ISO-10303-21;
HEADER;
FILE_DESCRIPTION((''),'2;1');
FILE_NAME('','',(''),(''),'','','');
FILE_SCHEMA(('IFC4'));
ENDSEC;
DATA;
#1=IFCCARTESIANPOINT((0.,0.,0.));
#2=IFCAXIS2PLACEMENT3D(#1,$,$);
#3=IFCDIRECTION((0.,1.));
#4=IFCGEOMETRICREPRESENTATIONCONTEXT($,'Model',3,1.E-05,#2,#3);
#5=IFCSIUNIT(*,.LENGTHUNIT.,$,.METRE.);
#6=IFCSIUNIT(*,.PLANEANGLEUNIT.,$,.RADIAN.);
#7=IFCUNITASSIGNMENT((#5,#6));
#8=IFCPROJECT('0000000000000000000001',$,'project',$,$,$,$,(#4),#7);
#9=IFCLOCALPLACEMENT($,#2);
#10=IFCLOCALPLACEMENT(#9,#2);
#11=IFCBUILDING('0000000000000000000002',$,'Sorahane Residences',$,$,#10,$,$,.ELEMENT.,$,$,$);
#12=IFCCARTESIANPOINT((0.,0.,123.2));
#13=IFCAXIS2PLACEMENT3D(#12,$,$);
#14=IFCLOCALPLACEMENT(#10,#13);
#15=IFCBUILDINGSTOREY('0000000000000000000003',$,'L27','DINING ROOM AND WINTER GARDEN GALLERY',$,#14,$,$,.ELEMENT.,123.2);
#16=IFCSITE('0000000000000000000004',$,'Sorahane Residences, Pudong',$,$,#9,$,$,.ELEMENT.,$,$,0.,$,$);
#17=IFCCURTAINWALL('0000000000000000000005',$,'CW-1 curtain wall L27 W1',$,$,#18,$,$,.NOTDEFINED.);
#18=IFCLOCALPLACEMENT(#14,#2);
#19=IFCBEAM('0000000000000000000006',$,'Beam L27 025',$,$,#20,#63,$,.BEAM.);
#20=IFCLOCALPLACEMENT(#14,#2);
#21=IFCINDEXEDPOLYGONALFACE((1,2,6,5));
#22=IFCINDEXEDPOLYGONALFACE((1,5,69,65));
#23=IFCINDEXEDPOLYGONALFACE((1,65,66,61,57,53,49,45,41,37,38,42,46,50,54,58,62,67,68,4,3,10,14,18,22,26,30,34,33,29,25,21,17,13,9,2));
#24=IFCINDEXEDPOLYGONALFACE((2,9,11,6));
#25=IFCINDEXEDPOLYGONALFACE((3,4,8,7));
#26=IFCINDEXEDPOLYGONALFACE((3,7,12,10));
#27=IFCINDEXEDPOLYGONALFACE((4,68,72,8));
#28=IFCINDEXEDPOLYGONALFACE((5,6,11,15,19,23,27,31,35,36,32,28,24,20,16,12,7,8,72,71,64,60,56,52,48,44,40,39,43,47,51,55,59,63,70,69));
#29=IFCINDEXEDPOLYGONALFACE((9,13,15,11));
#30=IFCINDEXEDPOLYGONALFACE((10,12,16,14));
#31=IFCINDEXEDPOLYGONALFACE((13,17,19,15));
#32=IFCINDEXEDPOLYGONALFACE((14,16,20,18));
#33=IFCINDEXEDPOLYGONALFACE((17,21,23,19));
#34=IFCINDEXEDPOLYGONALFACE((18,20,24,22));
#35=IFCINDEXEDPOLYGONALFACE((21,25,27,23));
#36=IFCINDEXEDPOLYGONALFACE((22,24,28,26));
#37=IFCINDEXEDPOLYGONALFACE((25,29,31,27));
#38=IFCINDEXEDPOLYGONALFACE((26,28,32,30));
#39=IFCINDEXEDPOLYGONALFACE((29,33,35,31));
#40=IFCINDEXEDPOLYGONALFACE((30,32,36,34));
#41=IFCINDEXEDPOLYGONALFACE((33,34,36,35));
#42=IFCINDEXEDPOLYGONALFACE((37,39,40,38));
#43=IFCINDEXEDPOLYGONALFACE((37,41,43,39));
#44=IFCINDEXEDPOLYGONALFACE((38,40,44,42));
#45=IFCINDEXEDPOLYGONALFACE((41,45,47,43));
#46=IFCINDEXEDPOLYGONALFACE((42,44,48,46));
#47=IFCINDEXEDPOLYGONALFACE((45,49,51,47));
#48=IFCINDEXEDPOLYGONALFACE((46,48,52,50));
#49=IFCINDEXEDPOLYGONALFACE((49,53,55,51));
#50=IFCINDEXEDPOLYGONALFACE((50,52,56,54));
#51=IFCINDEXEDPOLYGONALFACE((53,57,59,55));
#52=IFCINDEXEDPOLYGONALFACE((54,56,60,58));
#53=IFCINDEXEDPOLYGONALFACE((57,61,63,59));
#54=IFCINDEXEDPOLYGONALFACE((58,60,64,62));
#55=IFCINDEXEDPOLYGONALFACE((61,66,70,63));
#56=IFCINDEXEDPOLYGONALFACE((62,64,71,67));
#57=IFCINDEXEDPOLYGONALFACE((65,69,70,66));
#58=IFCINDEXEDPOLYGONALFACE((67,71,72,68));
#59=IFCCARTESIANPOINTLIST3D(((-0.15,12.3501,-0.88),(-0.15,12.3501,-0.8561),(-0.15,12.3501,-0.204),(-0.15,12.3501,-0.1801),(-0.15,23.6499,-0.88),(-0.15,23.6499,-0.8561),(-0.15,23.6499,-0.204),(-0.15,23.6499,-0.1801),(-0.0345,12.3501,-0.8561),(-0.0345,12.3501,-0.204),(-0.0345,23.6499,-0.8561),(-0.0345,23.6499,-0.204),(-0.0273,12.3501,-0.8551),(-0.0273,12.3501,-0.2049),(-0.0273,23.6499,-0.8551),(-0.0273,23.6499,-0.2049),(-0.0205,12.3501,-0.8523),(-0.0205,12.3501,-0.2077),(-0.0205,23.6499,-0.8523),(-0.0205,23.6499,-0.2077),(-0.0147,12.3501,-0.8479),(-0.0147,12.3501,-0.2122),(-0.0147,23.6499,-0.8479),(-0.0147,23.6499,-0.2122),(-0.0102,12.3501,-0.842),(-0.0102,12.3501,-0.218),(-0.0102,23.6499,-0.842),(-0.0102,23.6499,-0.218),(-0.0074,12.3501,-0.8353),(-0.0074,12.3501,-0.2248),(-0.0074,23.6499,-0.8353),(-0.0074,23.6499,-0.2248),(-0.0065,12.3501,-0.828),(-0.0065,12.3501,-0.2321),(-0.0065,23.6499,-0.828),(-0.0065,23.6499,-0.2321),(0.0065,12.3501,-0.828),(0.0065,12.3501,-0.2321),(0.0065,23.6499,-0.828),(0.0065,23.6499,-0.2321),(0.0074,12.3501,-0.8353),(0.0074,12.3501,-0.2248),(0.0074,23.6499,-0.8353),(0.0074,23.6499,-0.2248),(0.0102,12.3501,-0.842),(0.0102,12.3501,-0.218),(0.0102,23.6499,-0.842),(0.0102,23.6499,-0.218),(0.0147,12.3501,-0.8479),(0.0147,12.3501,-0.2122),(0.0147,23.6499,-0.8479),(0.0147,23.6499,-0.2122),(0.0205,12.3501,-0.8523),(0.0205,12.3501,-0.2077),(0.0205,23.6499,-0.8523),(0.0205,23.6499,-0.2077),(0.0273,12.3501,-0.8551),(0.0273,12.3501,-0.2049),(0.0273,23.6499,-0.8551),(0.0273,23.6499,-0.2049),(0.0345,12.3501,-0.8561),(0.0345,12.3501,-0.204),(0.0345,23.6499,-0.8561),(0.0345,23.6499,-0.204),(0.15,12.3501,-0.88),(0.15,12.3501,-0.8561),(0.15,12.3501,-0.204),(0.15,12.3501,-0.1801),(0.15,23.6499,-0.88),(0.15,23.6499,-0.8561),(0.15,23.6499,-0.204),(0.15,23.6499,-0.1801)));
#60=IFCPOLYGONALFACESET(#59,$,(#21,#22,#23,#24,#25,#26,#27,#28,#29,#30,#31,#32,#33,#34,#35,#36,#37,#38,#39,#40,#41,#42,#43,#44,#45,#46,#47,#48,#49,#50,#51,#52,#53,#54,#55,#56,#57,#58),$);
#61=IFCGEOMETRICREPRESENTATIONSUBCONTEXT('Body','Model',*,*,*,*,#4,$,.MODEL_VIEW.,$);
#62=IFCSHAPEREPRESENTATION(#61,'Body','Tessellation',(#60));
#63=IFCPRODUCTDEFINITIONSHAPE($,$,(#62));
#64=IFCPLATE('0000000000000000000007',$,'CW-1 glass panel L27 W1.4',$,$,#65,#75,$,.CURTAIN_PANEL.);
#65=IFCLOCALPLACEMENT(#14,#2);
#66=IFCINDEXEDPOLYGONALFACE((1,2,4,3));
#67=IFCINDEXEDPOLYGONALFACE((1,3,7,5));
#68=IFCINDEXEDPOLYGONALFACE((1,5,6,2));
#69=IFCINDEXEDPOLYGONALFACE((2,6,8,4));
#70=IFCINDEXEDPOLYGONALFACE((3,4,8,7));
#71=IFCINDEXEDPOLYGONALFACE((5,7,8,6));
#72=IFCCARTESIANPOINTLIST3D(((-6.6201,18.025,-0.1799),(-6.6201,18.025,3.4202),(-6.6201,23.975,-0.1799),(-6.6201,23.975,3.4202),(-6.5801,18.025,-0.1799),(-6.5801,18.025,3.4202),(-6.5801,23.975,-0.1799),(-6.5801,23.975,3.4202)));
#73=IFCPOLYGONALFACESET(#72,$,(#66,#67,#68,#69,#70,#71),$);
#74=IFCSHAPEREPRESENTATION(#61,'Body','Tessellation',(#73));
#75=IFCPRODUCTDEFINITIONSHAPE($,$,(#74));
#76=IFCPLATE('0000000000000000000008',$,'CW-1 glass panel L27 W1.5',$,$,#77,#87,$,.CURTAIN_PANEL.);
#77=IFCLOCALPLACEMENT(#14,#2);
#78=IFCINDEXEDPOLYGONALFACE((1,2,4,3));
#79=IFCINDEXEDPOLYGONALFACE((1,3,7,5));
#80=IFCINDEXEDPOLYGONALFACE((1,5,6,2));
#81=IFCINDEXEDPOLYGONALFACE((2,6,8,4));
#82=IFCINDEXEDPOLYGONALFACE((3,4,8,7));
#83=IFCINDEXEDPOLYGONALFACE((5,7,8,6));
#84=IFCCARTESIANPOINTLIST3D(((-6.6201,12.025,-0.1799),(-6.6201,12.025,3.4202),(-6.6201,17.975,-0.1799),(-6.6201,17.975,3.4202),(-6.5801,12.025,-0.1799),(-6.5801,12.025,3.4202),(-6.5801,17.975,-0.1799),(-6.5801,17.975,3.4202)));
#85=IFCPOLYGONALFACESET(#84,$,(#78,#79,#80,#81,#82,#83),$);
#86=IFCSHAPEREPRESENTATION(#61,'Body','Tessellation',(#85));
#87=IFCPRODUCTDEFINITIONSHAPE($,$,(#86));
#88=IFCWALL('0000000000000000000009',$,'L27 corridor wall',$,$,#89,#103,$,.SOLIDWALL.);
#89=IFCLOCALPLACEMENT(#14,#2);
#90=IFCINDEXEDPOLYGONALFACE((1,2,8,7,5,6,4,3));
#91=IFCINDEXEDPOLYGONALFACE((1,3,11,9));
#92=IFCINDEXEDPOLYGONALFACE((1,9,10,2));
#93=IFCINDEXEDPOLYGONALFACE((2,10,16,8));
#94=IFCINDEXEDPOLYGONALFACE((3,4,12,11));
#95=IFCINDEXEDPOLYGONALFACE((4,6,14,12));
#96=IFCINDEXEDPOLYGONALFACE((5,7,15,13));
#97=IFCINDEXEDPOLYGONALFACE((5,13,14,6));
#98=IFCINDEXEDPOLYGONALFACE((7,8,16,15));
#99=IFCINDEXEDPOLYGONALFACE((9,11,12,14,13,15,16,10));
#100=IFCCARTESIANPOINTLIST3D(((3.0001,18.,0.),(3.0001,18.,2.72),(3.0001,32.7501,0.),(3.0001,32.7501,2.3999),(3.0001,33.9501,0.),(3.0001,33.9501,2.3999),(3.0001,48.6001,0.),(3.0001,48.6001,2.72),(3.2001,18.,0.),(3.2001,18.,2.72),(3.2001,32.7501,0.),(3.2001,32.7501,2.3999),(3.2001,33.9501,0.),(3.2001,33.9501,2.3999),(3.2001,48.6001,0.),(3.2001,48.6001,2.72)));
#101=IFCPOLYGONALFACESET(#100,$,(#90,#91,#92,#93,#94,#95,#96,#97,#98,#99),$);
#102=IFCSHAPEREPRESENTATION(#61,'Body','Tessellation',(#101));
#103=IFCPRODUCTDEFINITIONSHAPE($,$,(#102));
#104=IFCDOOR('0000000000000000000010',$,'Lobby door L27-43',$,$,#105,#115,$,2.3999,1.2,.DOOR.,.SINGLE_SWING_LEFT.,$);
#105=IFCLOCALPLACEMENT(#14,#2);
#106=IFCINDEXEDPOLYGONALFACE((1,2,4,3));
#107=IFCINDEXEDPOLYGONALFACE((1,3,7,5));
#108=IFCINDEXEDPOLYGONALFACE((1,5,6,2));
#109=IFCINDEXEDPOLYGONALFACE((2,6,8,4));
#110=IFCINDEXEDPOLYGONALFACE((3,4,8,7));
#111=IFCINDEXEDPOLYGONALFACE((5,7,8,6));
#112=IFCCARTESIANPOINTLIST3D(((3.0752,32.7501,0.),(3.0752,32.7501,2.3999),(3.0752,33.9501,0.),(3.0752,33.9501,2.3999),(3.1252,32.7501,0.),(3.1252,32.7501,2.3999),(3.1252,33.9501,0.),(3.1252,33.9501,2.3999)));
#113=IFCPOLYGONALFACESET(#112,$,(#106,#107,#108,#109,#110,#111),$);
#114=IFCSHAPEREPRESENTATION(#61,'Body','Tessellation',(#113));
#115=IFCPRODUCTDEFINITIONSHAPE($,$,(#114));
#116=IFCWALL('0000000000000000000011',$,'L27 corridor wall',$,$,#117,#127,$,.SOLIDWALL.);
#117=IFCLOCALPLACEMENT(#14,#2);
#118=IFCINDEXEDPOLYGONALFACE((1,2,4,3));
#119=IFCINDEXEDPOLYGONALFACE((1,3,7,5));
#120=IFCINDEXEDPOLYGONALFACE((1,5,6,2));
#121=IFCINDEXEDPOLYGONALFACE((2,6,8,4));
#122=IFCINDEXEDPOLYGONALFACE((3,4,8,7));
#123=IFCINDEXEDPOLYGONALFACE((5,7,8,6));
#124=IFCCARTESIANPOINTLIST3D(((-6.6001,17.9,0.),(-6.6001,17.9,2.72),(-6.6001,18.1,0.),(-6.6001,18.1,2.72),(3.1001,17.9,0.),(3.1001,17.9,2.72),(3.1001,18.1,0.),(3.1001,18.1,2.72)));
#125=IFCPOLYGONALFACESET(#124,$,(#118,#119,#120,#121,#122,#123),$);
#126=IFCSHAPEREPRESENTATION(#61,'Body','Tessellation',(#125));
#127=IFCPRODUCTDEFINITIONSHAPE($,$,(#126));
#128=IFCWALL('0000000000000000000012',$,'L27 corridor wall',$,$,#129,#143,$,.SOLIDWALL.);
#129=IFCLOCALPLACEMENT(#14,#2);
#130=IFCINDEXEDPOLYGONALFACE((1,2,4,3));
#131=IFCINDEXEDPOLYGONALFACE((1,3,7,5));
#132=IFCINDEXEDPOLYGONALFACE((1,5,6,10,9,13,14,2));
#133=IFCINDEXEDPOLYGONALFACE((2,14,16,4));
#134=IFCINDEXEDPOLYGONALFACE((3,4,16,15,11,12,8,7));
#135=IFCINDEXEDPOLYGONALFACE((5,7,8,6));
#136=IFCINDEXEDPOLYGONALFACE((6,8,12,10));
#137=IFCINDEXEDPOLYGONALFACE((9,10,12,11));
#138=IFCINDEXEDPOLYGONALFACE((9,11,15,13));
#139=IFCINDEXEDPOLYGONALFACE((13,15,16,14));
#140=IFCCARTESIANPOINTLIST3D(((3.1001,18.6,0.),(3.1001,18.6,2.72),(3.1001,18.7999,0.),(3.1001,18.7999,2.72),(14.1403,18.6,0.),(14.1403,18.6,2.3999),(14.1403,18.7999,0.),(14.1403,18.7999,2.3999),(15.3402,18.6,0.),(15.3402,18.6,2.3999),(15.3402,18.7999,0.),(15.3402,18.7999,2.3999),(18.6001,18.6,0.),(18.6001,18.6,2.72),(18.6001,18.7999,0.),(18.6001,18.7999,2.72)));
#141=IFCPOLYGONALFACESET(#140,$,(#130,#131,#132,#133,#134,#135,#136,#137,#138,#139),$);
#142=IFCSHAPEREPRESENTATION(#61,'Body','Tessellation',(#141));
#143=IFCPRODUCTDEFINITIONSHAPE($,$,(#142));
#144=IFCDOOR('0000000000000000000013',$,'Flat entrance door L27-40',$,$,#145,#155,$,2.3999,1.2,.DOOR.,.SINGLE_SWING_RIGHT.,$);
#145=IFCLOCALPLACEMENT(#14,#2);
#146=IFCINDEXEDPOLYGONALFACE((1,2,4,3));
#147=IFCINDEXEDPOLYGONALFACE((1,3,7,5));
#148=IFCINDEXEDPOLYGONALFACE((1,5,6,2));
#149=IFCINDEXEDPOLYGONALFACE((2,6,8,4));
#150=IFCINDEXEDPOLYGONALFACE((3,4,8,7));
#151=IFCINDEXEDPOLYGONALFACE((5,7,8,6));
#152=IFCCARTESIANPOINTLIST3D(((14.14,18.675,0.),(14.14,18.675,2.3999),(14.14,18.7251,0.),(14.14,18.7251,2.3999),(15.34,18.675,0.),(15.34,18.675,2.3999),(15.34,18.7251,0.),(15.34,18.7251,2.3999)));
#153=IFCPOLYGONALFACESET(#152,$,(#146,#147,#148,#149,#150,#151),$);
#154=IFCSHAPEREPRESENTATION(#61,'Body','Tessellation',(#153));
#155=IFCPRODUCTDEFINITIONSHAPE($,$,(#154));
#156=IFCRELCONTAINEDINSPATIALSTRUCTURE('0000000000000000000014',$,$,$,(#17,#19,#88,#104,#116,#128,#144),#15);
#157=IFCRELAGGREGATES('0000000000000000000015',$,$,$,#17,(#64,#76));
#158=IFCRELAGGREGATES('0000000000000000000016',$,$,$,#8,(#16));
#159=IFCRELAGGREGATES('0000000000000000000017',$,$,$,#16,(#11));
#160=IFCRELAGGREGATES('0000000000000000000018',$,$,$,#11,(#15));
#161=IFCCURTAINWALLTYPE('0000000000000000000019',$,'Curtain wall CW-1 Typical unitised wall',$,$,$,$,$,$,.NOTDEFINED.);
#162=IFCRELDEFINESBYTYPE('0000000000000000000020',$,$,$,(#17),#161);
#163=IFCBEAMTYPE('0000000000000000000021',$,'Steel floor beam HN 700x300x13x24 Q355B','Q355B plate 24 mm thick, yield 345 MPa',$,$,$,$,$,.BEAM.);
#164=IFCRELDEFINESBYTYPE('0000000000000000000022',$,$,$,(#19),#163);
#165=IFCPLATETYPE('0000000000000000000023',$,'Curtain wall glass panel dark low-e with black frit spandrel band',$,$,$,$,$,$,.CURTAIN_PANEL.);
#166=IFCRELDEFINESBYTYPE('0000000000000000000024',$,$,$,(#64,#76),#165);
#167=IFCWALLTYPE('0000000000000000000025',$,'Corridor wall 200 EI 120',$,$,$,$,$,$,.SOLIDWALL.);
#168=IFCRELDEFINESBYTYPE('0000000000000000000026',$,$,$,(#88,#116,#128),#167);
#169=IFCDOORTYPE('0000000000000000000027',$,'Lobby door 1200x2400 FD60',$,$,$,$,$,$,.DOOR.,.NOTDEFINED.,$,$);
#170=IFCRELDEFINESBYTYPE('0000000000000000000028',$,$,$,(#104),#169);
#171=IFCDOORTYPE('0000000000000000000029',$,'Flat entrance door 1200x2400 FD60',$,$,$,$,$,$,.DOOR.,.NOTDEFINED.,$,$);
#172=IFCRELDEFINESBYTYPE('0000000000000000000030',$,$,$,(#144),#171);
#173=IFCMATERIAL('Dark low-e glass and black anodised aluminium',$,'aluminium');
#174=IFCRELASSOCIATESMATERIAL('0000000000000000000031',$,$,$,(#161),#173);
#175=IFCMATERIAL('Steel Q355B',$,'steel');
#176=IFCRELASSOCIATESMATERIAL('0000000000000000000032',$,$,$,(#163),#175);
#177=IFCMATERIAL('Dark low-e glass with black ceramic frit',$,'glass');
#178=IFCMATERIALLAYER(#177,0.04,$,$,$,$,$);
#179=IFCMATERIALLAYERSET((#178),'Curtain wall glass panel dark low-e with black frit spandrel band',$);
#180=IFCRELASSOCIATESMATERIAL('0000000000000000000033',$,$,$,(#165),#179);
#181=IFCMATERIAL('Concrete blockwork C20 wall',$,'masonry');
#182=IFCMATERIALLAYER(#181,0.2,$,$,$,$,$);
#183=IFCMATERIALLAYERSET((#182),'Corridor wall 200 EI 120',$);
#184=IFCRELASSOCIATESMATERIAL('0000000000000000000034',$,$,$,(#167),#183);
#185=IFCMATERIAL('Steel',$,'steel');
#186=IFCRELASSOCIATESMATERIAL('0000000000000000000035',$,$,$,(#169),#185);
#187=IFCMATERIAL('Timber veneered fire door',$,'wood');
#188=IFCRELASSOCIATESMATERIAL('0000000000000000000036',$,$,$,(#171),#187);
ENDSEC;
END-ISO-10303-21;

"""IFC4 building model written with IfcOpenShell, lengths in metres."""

from ifc_helpers import new_model, si_unit, direction, frame, frame_2d, origin, origin_2d, place, context, subcontext, project, spatial, rectangle, i_section, extrude, material, layer, layer_set, material_profile, profile_set, type_object, element, fill, aggregate, save


model = new_model("IFC4")

# Units and contexts
model_context = context("Model", 3, precision=1e-05, world=origin(), true_north=direction((0.0, 1.0)))
body_context = subcontext(model_context, "Body", "Model", "MODEL_VIEW")
ifc_project = project(units=[si_unit("LENGTHUNIT", "METRE"), si_unit("PLANEANGLEUNIT", "RADIAN")], contexts=[model_context])

# Site, building, storey
site_placement = place(None, origin())
site = spatial("IfcSite", under=ifc_project, at=site_placement, Name="Sorahane Residences, Pudong", CompositionType="ELEMENT", RefElevation=0.0)
building_placement = place(site_placement, origin())
building = spatial("IfcBuilding", under=site, at=building_placement, Name="Sorahane Residences", CompositionType="ELEMENT")
storey_placement = place(building_placement, frame((0.0, 0.0, 123.2)))
storey = spatial("IfcBuildingStorey", under=building, at=storey_placement, Name="L27", Description="DINING ROOM AND WINTER GARDEN GALLERY", CompositionType="ELEMENT", Elevation=123.2)

# Curtain wall
ifc_material_1 = material(Name="Dark low-e glass and black anodised aluminium", Category="aluminium")
curtain_wall_type = type_object("IfcCurtainWallType", Name="Curtain wall CW-1 Typical unitised wall", PredefinedType="NOTDEFINED", material=ifc_material_1)
curtain_wall_placement = place(storey_placement, origin())
curtain_wall = element("IfcCurtainWall", 1, at=curtain_wall_placement, inside=storey, type_object=curtain_wall_type, Name="CW-1 curtain wall L27 W1", PredefinedType="NOTDEFINED")

# Beam
ifc_material_2 = material(Name="Steel Q355B", Category="steel")
ifc_material_profile_1 = material_profile(ifc_material_2, i_section(OverallWidth=0.3, OverallDepth=0.7, WebThickness=0.0129, FlangeThickness=0.0239, FilletRadius=0.0281, at=origin_2d()), Name="HN 700x300x13x24")
ifc_profile_set_1 = profile_set([ifc_material_profile_1], Name="Steel Q355B")
beam_type_1 = type_object("IfcBeamType", Name="Steel floor beam HN 700x300x13x24 Q355B", Description="Q355B plate 24 mm thick, yield 345 MPa", PredefinedType="BEAM", material=ifc_profile_set_1)
beam_1_placement = place(storey_placement, frame((0.0, 12.3501, -0.53), z_axis=(0.0, 1.0, 0.0), x_axis=(-1.0, 0.0, 0.0)))
element("IfcBeam", 2, at=beam_1_placement, inside=storey, type_object=beam_type_1, Name="Beam L27 025", PredefinedType="BEAM", context=body_context, shape_type="SweptSolid", body=[
    extrude(i_section(OverallWidth=0.3, OverallDepth=0.7, WebThickness=0.0129, FlangeThickness=0.0239, FilletRadius=0.0281, at=origin_2d()), origin(), (0.0, 0.0, 1.0), 11.2998),
])

# Plates
ifc_material_3 = material(Name="Dark low-e glass with black ceramic frit", Category="glass")
ifc_layer_1 = layer(ifc_material_3, 0.04)
ifc_layer_set_1 = layer_set([ifc_layer_1], Name="Curtain wall glass panel dark low-e with black frit spandrel band")
plate_type = type_object("IfcPlateType", Name="Curtain wall glass panel dark low-e with black frit spandrel band", PredefinedType="CURTAIN_PANEL", material=ifc_layer_set_1)
plate_1_placement = place(storey_placement, frame((-6.6001, 21.0, -0.1799), z_axis=(0.0, 0.0, 1.0), x_axis=(0.0, -1.0, 0.0)))
plate_1 = element("IfcPlate", 3, at=plate_1_placement, type_object=plate_type, Name="CW-1 glass panel L27 W1.4", PredefinedType="CURTAIN_PANEL", context=body_context, shape_type="SweptSolid", body=[
    extrude(rectangle(XDim=5.95, YDim=0.04, at=origin_2d()), origin(), (0.0, 0.0, 1.0), 3.6001),
])
plate_2_placement = place(storey_placement, frame((-6.6001, 15.0, -0.1799), z_axis=(0.0, 0.0, 1.0), x_axis=(0.0, -1.0, 0.0)))
plate_2 = element("IfcPlate", 4, at=plate_2_placement, type_object=plate_type, Name="CW-1 glass panel L27 W1.5", PredefinedType="CURTAIN_PANEL", context=body_context, shape_type="SweptSolid", body=[
    extrude(rectangle(XDim=5.95, YDim=0.04, at=origin_2d()), origin(), (0.0, 0.0, 1.0), 3.6001),
])
aggregate(curtain_wall, [plate_1, plate_2])

# Wall, opening, door
ifc_material_4 = material(Name="Concrete blockwork C20 wall", Category="masonry")
ifc_layer_2 = layer(ifc_material_4, 0.2)
ifc_layer_set_2 = layer_set([ifc_layer_2], Name="Corridor wall 200 EI 120")
wall_type_1 = type_object("IfcWallType", Name="Corridor wall 200 EI 120", PredefinedType="SOLIDWALL", material=ifc_layer_set_2)
wall_1_placement = place(storey_placement, frame((3.1001, 18.0, 0.0), z_axis=(0.0, 0.0, 1.0), x_axis=(0.0, 1.0, 0.0)))
wall_1 = element("IfcWall", 5, at=wall_1_placement, inside=storey, type_object=wall_type_1, Name="L27 corridor wall", PredefinedType="SOLIDWALL", context=body_context, shape_type="SweptSolid", body=[
    extrude(rectangle(XDim=30.6001, YDim=0.2, at=frame_2d((15.3, 0.0))), origin(), (0.0, 0.0, 1.0), 2.72),
])
opening_1_placement = place(wall_1_placement, frame((14.75, 0.0, 0.0)))
opening_1 = element("IfcOpeningElement", 6, at=opening_1_placement, cuts=wall_1, PredefinedType="OPENING", context=body_context, shape_type="SweptSolid", body=[
    extrude(rectangle(XDim=1.2, YDim=2.3999, at=frame_2d((0.6001, 1.2))), frame((0.0, 0.1099, 0.0), z_axis=(0.0, -1.0, 0.0), x_axis=(1.0, 0.0, 0.0)), (0.0, 0.0, 1.0), 0.22),
])
ifc_material_5 = material(Name="Steel", Category="steel")
door_type_1 = type_object("IfcDoorType", Name="Lobby door 1200x2400 FD60", OperationType="NOTDEFINED", PredefinedType="DOOR", material=ifc_material_5)
door_1_placement = place(opening_1_placement, origin())
door_1 = element("IfcDoor", 7, at=door_1_placement, inside=storey, type_object=door_type_1, Name="Lobby door L27-43", OperationType="SINGLE_SWING_LEFT", OverallHeight=2.3999, OverallWidth=1.2, PredefinedType="DOOR", context=body_context, shape_type="SweptSolid", body=[
    extrude(rectangle(XDim=1.2, YDim=2.3999, at=frame_2d((0.6001, 1.2))), frame((0.0, 0.0249, 0.0), z_axis=(0.0, -1.0, 0.0), x_axis=(1.0, 0.0, 0.0)), (0.0, 0.0, 1.0), 0.05),
])
fill(opening_1, door_1)

# Wall
wall_2_placement = place(storey_placement, frame((-6.6001, 18.0, 0.0), z_axis=(0.0, 0.0, 1.0), x_axis=(1.0, 0.0, 0.0)))
element("IfcWall", 8, at=wall_2_placement, inside=storey, type_object=wall_type_1, Name="L27 corridor wall", PredefinedType="SOLIDWALL", context=body_context, shape_type="SweptSolid", body=[
    extrude(rectangle(XDim=9.7002, YDim=0.2, at=frame_2d((4.8501, 0.0))), origin(), (0.0, 0.0, 1.0), 2.72),
])

# Wall, opening, door
wall_3_placement = place(storey_placement, frame((3.1001, 18.7, 0.0), z_axis=(0.0, 0.0, 1.0), x_axis=(1.0, 0.0, 0.0)))
wall_3 = element("IfcWall", 9, at=wall_3_placement, inside=storey, type_object=wall_type_1, Name="L27 corridor wall", PredefinedType="SOLIDWALL", context=body_context, shape_type="SweptSolid", body=[
    extrude(rectangle(XDim=15.5, YDim=0.2, at=frame_2d((7.75, 0.0))), origin(), (0.0, 0.0, 1.0), 2.72),
])
opening_2_placement = place(wall_3_placement, frame((11.04, 0.0, 0.0)))
opening_2 = element("IfcOpeningElement", 10, at=opening_2_placement, cuts=wall_3, PredefinedType="OPENING", context=body_context, shape_type="SweptSolid", body=[
    extrude(rectangle(XDim=1.2, YDim=2.3999, at=frame_2d((0.6001, 1.2))), frame((0.0, 0.1099, 0.0), z_axis=(0.0, -1.0, 0.0), x_axis=(1.0, 0.0, 0.0)), (0.0, 0.0, 1.0), 0.22),
])
ifc_material_6 = material(Name="Timber veneered fire door", Category="wood")
door_type_2 = type_object("IfcDoorType", Name="Flat entrance door 1200x2400 FD60", OperationType="NOTDEFINED", PredefinedType="DOOR", material=ifc_material_6)
door_2_placement = place(opening_2_placement, frame((1.2, 0.0, 0.0), z_axis=(0.0, 0.0, 1.0), x_axis=(-1.0, 0.0, 0.0)))
door_2 = element("IfcDoor", 11, at=door_2_placement, inside=storey, type_object=door_type_2, Name="Flat entrance door L27-40", OperationType="SINGLE_SWING_RIGHT", OverallHeight=2.3999, OverallWidth=1.2, PredefinedType="DOOR", context=body_context, shape_type="SweptSolid", body=[
    extrude(rectangle(XDim=1.2, YDim=2.3999, at=frame_2d((0.6001, 1.2))), frame((0.0, 0.0249, 0.0), z_axis=(0.0, -1.0, 0.0), x_axis=(1.0, 0.0, 0.0)), (0.0, 0.0, 1.0), 0.05),
])
fill(opening_2, door_2)

save(model, "model.ifc")
